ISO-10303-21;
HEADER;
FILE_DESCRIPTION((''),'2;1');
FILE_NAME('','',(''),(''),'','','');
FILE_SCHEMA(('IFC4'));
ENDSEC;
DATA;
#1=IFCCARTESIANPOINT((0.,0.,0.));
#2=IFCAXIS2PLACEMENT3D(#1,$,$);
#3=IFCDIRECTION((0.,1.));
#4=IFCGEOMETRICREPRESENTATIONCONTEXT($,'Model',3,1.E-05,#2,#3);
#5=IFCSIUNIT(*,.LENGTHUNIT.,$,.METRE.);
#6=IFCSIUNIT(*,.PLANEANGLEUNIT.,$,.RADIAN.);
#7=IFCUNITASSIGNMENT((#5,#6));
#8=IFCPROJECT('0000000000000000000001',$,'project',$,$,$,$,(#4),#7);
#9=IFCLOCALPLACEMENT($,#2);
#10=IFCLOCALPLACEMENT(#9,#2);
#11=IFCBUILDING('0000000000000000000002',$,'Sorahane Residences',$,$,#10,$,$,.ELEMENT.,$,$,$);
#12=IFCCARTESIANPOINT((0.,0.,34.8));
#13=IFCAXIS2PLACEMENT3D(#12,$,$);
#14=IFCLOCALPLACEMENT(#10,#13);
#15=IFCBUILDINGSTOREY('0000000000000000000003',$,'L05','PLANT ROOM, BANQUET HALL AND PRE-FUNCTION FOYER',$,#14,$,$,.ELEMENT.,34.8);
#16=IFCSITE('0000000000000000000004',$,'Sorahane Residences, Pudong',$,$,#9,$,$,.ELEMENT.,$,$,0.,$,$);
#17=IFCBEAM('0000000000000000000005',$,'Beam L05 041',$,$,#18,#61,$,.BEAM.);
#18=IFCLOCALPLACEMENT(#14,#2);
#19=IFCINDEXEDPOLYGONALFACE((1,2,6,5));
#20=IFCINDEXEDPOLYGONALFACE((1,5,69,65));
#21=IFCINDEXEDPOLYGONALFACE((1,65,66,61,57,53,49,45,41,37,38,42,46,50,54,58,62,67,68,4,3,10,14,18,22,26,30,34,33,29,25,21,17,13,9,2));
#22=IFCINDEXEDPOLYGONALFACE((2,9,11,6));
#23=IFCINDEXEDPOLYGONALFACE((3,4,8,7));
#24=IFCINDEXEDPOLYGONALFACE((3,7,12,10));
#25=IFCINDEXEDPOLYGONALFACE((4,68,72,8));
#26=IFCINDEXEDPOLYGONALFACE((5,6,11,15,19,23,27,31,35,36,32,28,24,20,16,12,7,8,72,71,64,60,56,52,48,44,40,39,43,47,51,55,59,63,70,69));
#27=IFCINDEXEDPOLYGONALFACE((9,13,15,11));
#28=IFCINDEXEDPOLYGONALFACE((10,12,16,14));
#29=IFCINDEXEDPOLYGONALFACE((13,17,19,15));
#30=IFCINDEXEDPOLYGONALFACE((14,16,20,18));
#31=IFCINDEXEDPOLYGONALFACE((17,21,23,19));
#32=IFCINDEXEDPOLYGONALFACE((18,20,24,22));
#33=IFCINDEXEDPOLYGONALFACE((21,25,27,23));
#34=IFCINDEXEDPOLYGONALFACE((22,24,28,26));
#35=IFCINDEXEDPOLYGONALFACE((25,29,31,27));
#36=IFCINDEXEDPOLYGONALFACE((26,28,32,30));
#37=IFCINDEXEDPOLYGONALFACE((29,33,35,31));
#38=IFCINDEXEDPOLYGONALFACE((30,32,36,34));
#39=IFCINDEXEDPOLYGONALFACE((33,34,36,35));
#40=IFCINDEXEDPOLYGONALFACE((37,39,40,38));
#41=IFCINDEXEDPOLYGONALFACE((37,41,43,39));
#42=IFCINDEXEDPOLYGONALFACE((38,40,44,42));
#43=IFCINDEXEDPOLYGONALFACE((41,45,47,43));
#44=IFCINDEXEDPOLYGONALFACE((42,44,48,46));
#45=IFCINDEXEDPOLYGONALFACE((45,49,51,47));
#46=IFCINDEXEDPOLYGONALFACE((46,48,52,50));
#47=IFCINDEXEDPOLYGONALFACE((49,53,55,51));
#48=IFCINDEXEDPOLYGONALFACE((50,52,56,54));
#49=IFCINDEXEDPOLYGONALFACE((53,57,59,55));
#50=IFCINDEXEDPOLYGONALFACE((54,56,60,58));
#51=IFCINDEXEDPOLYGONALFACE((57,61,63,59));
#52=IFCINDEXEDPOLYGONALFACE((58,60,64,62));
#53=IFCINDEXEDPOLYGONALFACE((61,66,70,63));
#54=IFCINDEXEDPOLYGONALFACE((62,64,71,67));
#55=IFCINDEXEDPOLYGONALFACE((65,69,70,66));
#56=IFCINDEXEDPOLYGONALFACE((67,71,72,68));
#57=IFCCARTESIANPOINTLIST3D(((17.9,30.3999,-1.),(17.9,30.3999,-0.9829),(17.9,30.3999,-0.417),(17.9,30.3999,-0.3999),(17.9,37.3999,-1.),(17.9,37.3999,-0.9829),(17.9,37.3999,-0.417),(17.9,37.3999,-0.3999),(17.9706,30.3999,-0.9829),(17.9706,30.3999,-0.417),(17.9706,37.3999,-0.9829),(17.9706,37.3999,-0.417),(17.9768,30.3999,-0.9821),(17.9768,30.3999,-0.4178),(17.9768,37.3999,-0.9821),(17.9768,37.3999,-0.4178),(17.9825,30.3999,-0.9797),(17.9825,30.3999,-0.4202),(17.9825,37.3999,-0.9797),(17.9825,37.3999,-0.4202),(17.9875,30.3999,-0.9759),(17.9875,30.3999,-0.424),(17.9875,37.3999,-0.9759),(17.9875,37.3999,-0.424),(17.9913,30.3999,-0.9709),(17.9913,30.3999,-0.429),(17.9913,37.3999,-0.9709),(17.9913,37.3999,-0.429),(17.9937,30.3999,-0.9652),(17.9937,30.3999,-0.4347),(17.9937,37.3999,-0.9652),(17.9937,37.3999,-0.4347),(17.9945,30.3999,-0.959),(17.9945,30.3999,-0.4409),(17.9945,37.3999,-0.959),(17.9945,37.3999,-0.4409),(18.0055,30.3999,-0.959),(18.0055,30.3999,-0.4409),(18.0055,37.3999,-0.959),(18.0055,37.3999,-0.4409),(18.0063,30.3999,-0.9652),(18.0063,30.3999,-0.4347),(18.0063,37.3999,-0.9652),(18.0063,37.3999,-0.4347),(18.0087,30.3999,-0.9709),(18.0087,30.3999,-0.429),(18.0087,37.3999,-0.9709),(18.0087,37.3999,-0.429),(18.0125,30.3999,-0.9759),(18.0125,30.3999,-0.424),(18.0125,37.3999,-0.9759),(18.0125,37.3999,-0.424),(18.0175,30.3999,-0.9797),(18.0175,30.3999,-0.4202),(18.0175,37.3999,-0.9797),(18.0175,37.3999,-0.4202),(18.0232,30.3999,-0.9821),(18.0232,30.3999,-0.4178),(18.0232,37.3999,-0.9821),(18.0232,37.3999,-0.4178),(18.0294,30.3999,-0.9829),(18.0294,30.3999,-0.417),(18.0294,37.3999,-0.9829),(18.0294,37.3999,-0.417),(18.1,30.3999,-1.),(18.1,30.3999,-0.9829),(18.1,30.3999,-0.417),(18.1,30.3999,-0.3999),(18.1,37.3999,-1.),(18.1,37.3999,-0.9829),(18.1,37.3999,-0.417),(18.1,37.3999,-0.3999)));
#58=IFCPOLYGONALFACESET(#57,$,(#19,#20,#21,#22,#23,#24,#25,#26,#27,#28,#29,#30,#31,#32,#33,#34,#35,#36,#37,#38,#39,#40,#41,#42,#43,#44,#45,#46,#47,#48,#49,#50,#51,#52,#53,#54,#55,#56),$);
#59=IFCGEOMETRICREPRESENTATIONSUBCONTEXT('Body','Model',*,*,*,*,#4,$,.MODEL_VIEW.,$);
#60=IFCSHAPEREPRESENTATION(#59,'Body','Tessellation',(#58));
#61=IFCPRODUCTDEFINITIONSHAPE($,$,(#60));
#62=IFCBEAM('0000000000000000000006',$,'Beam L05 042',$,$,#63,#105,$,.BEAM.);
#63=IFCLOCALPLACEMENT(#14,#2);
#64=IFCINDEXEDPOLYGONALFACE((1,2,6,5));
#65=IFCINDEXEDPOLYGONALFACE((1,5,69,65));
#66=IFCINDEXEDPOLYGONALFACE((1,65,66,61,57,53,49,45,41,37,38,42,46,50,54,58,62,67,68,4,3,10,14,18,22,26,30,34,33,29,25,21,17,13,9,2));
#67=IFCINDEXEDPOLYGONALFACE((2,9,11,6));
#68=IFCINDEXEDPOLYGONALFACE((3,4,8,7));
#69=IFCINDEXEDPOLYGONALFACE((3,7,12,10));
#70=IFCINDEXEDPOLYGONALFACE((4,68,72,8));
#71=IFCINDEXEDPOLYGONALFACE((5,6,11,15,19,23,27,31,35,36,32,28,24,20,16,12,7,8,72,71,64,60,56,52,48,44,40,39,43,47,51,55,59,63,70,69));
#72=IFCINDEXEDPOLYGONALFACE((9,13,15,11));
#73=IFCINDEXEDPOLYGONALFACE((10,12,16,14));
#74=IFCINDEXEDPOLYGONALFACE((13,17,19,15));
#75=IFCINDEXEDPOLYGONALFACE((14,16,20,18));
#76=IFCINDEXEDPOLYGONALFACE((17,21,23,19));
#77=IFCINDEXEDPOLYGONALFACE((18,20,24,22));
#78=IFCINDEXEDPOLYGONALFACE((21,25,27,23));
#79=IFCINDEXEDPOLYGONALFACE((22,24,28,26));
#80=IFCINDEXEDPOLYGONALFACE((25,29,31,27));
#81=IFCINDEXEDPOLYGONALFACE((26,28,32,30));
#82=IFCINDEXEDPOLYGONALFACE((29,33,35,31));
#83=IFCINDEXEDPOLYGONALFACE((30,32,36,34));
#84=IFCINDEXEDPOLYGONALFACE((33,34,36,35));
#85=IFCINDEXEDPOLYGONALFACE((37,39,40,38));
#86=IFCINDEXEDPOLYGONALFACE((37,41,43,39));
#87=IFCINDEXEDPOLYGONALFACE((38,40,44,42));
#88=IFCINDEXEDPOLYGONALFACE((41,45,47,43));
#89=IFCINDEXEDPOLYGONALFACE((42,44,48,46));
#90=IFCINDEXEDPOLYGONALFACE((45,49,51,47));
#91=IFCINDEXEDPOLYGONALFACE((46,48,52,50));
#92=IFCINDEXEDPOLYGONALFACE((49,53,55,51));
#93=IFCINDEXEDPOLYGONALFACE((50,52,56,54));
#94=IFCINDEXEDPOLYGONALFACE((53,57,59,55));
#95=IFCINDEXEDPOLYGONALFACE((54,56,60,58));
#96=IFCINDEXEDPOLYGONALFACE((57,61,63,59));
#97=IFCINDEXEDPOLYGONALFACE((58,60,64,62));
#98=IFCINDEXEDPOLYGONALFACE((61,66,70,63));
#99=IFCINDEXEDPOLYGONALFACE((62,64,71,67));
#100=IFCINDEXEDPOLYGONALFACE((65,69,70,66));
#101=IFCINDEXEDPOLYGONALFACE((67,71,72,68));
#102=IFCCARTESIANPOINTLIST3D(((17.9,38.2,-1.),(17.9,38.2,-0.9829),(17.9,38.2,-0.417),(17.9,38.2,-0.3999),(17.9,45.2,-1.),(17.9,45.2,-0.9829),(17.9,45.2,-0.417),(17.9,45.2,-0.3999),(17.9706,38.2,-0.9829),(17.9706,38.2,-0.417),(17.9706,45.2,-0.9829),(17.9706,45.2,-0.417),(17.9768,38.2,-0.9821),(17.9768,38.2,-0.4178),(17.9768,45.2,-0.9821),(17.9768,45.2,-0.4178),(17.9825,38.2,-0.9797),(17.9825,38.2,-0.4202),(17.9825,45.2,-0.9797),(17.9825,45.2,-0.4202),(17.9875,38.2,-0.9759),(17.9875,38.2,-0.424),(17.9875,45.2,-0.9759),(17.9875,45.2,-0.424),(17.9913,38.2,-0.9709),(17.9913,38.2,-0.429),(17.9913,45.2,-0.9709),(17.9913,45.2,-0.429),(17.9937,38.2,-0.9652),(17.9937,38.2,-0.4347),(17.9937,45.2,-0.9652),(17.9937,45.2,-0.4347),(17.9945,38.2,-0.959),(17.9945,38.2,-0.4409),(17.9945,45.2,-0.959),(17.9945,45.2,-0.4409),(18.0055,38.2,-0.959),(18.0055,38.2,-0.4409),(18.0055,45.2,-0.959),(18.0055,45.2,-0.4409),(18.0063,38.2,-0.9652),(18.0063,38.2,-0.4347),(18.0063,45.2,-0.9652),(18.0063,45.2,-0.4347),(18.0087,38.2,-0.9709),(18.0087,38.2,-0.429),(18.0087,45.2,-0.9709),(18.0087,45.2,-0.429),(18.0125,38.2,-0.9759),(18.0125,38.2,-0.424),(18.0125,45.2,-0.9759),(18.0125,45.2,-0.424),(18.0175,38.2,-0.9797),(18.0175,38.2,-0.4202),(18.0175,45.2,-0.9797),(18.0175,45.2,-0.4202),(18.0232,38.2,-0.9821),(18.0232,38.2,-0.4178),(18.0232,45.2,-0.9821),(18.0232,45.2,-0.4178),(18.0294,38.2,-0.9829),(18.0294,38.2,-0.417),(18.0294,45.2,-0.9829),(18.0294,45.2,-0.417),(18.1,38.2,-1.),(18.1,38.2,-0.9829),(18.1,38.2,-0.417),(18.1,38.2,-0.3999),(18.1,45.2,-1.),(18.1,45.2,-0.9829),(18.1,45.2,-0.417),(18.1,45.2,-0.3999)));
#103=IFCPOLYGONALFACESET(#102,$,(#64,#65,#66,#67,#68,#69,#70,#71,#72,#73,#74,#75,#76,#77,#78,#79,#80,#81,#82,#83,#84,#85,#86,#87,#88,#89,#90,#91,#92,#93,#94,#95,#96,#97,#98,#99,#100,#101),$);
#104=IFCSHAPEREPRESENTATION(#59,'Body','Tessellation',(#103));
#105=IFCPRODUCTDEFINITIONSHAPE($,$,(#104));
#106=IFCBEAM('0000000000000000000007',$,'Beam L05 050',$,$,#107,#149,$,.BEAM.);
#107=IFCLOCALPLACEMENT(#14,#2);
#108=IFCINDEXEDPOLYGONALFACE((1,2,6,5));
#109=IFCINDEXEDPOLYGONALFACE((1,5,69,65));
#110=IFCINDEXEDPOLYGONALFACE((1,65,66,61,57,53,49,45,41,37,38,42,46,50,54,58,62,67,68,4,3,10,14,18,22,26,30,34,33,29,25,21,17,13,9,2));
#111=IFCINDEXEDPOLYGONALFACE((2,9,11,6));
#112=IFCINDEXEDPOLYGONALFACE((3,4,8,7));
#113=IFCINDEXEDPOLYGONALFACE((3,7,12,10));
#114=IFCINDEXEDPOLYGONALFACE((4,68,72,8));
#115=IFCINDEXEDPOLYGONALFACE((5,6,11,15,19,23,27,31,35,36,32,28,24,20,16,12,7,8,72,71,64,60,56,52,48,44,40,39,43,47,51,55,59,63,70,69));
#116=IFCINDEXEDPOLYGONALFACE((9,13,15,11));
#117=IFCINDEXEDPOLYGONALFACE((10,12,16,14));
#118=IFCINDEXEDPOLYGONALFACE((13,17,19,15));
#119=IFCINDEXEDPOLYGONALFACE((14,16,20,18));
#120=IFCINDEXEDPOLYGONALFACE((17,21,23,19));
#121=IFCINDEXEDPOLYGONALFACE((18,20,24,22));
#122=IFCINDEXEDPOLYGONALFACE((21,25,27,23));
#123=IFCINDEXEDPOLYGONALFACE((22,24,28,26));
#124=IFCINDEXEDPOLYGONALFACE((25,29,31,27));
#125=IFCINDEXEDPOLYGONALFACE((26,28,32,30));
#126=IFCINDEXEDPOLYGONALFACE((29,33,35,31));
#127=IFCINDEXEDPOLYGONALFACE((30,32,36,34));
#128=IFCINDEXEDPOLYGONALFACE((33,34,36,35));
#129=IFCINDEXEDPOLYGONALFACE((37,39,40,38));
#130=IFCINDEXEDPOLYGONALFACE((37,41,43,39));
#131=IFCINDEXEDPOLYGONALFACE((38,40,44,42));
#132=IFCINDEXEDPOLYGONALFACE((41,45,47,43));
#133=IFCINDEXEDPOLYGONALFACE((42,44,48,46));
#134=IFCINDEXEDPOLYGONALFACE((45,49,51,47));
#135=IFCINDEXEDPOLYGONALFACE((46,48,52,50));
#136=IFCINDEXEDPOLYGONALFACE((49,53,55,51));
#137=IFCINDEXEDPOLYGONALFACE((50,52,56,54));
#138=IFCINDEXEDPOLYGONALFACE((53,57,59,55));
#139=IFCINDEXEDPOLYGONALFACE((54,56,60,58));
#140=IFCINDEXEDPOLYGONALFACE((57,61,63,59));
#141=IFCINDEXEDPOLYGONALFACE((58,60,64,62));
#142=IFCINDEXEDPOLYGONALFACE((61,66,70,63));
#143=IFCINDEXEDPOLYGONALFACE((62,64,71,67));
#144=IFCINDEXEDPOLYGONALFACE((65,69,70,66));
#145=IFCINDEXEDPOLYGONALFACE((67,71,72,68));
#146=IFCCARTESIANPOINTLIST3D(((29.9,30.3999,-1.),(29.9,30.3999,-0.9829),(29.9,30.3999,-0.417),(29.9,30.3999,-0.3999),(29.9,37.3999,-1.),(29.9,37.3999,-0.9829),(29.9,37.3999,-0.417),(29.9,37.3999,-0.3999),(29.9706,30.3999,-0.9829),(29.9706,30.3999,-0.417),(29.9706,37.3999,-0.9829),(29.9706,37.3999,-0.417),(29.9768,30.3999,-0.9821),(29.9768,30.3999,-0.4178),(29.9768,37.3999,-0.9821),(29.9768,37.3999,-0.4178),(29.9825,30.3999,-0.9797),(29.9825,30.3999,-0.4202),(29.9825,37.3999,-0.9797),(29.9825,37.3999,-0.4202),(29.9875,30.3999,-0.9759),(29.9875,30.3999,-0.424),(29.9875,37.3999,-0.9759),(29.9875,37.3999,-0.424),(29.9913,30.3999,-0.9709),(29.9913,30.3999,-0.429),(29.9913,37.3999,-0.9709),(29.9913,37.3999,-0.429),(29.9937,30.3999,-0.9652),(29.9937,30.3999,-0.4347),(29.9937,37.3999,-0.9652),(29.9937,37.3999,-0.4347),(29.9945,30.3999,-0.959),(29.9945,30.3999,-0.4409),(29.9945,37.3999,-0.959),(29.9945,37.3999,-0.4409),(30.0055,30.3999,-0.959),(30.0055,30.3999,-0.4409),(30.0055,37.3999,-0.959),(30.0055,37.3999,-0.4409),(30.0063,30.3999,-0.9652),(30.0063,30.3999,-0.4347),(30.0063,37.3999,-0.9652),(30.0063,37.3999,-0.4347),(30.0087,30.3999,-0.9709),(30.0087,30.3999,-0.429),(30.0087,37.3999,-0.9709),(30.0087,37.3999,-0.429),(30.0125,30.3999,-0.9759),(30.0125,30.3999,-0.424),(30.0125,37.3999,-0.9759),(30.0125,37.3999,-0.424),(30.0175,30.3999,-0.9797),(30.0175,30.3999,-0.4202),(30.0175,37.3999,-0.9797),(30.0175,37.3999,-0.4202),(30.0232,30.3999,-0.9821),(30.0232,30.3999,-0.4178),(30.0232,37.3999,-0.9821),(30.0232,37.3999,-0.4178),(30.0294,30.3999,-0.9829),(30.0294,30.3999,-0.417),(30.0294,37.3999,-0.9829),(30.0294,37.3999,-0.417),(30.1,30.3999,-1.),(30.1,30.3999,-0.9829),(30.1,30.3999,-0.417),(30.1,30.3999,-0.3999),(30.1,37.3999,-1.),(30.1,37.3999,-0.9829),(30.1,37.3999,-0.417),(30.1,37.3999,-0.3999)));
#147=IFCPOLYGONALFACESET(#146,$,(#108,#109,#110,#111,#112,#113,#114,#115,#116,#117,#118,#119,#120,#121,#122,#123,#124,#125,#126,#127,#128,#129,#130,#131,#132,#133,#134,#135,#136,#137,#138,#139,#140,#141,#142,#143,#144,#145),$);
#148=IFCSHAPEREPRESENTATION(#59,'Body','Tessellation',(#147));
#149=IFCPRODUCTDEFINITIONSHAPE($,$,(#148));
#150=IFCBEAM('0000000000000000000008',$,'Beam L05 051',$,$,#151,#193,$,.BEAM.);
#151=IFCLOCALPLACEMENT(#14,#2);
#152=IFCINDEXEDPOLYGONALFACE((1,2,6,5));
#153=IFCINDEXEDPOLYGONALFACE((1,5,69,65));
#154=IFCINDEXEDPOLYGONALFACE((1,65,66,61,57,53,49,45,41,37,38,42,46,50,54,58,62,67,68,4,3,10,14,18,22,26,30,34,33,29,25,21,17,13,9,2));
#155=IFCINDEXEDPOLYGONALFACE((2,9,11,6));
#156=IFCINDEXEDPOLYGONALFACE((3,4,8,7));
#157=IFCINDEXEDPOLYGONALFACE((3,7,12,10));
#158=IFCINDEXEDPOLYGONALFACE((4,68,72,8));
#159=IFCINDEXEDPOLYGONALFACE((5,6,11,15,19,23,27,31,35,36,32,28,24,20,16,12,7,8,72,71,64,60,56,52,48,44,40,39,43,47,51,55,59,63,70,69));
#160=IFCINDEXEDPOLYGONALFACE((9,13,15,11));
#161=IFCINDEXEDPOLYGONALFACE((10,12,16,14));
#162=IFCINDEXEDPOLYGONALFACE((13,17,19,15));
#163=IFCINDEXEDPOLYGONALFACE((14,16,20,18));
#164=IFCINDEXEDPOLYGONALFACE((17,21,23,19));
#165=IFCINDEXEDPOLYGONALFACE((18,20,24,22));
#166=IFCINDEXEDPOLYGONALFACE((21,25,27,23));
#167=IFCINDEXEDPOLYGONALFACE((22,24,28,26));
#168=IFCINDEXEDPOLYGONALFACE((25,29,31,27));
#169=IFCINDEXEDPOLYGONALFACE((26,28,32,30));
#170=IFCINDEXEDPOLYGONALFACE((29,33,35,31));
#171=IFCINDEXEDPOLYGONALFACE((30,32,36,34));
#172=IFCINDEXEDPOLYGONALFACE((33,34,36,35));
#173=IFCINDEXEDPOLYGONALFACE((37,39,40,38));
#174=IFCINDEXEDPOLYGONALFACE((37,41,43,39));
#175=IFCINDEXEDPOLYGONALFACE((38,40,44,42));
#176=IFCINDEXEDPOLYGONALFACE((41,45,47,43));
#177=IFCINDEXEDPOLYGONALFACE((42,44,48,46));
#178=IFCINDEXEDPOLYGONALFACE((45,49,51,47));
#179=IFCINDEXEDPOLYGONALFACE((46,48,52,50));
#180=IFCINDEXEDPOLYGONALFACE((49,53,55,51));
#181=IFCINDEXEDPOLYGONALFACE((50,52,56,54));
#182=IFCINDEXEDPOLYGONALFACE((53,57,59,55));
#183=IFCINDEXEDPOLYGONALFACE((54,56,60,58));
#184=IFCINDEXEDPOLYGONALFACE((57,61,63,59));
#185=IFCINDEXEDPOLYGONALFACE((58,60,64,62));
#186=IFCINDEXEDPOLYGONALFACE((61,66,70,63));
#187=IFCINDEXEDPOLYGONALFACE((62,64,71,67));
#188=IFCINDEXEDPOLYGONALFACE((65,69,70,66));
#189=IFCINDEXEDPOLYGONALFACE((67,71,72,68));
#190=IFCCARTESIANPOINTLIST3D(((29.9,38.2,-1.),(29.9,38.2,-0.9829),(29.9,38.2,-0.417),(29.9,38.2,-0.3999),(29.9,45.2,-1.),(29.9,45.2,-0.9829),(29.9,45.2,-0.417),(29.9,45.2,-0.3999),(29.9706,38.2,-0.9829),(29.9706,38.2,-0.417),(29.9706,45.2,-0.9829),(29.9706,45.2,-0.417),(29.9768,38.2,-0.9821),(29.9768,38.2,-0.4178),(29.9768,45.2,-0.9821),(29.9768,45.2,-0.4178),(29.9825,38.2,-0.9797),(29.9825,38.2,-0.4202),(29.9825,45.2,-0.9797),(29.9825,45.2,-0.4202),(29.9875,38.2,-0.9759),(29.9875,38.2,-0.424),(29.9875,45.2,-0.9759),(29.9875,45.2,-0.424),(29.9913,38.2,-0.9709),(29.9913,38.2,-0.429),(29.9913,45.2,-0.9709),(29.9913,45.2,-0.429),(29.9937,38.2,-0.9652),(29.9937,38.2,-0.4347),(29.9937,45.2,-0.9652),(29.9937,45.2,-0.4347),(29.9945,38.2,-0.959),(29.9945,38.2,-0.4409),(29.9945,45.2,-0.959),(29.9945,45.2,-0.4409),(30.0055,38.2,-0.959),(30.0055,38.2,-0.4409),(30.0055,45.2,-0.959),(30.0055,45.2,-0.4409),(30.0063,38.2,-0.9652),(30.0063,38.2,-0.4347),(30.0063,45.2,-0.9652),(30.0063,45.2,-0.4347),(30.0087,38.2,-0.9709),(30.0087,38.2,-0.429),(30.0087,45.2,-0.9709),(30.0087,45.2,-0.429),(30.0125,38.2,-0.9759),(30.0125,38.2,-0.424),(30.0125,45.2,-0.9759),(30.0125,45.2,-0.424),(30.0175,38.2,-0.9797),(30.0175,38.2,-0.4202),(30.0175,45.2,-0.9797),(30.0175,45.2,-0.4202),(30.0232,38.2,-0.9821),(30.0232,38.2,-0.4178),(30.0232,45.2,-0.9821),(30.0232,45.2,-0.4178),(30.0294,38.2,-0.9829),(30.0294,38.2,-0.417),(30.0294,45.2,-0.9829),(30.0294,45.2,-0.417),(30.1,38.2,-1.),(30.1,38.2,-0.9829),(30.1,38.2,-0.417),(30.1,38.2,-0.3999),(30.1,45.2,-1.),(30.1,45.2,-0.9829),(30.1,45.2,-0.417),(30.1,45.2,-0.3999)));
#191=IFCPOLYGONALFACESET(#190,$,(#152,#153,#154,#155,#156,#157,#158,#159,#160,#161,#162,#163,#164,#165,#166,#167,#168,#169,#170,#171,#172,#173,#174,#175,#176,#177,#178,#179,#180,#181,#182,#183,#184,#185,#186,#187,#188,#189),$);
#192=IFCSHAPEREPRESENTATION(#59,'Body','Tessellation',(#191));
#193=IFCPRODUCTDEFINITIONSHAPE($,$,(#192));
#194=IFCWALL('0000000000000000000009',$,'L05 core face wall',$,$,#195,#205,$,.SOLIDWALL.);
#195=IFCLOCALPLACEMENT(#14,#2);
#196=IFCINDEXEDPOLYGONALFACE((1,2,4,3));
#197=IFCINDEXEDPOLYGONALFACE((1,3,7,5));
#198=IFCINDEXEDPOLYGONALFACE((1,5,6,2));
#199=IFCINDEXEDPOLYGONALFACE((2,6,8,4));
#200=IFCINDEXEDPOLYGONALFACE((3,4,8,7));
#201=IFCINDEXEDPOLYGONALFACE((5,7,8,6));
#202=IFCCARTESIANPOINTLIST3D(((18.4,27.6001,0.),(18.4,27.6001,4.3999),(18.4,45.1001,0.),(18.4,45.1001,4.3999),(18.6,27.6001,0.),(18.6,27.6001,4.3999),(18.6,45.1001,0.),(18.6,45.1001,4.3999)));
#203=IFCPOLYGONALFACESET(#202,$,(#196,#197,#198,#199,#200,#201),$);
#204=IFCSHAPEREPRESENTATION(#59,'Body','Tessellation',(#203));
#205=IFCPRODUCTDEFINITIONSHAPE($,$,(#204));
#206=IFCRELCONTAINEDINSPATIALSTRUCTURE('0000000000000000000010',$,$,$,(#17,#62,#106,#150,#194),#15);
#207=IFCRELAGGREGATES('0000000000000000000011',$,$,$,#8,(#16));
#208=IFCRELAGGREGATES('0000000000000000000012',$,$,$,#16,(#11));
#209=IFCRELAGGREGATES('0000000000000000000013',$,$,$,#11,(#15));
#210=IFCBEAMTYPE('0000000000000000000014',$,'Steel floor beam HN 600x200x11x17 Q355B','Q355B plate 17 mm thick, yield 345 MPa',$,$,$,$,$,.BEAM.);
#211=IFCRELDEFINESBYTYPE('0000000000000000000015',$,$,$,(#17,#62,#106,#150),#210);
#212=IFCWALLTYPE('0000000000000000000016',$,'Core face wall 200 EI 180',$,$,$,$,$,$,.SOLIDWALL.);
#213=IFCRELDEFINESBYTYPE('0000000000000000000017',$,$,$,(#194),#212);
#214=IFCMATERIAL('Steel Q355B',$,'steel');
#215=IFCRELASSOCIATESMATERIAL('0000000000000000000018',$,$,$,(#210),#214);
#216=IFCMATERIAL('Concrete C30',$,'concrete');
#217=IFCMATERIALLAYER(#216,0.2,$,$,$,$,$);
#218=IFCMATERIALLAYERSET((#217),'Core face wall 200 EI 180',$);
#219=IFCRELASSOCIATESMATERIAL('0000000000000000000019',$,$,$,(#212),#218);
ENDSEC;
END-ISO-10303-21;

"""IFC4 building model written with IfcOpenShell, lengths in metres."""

from ifc_helpers import new_model, si_unit, direction, frame, frame_2d, origin, origin_2d, place, context, subcontext, project, spatial, rectangle, i_section, extrude, material, layer, layer_set, material_profile, profile_set, type_object, element, save


model = new_model("IFC4")

# Units and contexts
model_context = context("Model", 3, precision=1e-05, world=origin(), true_north=direction((0.0, 1.0)))
body_context = subcontext(model_context, "Body", "Model", "MODEL_VIEW")
ifc_project = project(units=[si_unit("LENGTHUNIT", "METRE"), si_unit("PLANEANGLEUNIT", "RADIAN")], contexts=[model_context])

# Site, building, storey
site_placement = place(None, origin())
site = spatial("IfcSite", under=ifc_project, at=site_placement, Name="Sorahane Residences, Pudong", CompositionType="ELEMENT", RefElevation=0.0)
building_placement = place(site_placement, origin())
building = spatial("IfcBuilding", under=site, at=building_placement, Name="Sorahane Residences", CompositionType="ELEMENT")
storey_placement = place(building_placement, frame((0.0, 0.0, 34.8)))
storey = spatial("IfcBuildingStorey", under=building, at=storey_placement, Name="L05", Description="PLANT ROOM, BANQUET HALL AND PRE-FUNCTION FOYER", CompositionType="ELEMENT", Elevation=34.8)

# Beams
ifc_material_1 = material(Name="Steel Q355B", Category="steel")
ifc_material_profile_1 = material_profile(ifc_material_1, i_section(OverallWidth=0.2, OverallDepth=0.6001, WebThickness=0.011, FlangeThickness=0.0171, FilletRadius=0.0239, at=origin_2d()), Name="HN 600x200x11x17")
ifc_profile_set_1 = profile_set([ifc_material_profile_1], Name="Steel Q355B")
beam_type_1 = type_object("IfcBeamType", Name="Steel floor beam HN 600x200x11x17 Q355B", Description="Q355B plate 17 mm thick, yield 345 MPa", PredefinedType="BEAM", material=ifc_profile_set_1)
for number, where, z_axis, x_axis, name in (
    (1, (18.0, 30.3999, -0.7), (0.0, 1.0, 0.0), (-1.0, 0.0, 0.0), "Beam L05 041"),
    (2, (18.0, 38.2, -0.7), (0.0, 1.0, 0.0), (-1.0, 0.0, 0.0), "Beam L05 042"),
    (3, (30.0, 30.3999, -0.7), (0.0, 1.0, 0.0), (-1.0, 0.0, 0.0), "Beam L05 050"),
    (4, (30.0, 38.2, -0.7), (0.0, 1.0, 0.0), (-1.0, 0.0, 0.0), "Beam L05 051"),
):
    element("IfcBeam", number, at=place(storey_placement, frame(where, z_axis=z_axis, x_axis=x_axis)), inside=storey, type_object=beam_type_1, Name=name, PredefinedType="BEAM", context=body_context, shape_type="SweptSolid", body=[
        extrude(i_section(OverallWidth=0.2, OverallDepth=0.6001, WebThickness=0.011, FlangeThickness=0.0171, FilletRadius=0.0239, at=origin_2d()), origin(), (0.0, 0.0, 1.0), 7.0),
    ])

# Wall
ifc_material_2 = material(Name="Concrete C30", Category="concrete")
ifc_layer_1 = layer(ifc_material_2, 0.2)
ifc_layer_set_1 = layer_set([ifc_layer_1], Name="Core face wall 200 EI 180")
wall_type_1 = type_object("IfcWallType", Name="Core face wall 200 EI 180", PredefinedType="SOLIDWALL", material=ifc_layer_set_1)
for number, where, z_axis, x_axis, name in (
    (5, (18.5, 27.6001, 0.0), (0.0, 0.0, 1.0), (0.0, 1.0, 0.0), "L05 core face wall"),
):
    element("IfcWall", number, at=place(storey_placement, frame(where, z_axis=z_axis, x_axis=x_axis)), inside=storey, type_object=wall_type_1, Name=name, PredefinedType="SOLIDWALL", context=body_context, shape_type="SweptSolid", body=[
        extrude(rectangle(XDim=17.5, YDim=0.2, at=frame_2d((8.75, 0.0))), origin(), (0.0, 0.0, 1.0), 4.3999),
    ])

save(model, "model.ifc")
